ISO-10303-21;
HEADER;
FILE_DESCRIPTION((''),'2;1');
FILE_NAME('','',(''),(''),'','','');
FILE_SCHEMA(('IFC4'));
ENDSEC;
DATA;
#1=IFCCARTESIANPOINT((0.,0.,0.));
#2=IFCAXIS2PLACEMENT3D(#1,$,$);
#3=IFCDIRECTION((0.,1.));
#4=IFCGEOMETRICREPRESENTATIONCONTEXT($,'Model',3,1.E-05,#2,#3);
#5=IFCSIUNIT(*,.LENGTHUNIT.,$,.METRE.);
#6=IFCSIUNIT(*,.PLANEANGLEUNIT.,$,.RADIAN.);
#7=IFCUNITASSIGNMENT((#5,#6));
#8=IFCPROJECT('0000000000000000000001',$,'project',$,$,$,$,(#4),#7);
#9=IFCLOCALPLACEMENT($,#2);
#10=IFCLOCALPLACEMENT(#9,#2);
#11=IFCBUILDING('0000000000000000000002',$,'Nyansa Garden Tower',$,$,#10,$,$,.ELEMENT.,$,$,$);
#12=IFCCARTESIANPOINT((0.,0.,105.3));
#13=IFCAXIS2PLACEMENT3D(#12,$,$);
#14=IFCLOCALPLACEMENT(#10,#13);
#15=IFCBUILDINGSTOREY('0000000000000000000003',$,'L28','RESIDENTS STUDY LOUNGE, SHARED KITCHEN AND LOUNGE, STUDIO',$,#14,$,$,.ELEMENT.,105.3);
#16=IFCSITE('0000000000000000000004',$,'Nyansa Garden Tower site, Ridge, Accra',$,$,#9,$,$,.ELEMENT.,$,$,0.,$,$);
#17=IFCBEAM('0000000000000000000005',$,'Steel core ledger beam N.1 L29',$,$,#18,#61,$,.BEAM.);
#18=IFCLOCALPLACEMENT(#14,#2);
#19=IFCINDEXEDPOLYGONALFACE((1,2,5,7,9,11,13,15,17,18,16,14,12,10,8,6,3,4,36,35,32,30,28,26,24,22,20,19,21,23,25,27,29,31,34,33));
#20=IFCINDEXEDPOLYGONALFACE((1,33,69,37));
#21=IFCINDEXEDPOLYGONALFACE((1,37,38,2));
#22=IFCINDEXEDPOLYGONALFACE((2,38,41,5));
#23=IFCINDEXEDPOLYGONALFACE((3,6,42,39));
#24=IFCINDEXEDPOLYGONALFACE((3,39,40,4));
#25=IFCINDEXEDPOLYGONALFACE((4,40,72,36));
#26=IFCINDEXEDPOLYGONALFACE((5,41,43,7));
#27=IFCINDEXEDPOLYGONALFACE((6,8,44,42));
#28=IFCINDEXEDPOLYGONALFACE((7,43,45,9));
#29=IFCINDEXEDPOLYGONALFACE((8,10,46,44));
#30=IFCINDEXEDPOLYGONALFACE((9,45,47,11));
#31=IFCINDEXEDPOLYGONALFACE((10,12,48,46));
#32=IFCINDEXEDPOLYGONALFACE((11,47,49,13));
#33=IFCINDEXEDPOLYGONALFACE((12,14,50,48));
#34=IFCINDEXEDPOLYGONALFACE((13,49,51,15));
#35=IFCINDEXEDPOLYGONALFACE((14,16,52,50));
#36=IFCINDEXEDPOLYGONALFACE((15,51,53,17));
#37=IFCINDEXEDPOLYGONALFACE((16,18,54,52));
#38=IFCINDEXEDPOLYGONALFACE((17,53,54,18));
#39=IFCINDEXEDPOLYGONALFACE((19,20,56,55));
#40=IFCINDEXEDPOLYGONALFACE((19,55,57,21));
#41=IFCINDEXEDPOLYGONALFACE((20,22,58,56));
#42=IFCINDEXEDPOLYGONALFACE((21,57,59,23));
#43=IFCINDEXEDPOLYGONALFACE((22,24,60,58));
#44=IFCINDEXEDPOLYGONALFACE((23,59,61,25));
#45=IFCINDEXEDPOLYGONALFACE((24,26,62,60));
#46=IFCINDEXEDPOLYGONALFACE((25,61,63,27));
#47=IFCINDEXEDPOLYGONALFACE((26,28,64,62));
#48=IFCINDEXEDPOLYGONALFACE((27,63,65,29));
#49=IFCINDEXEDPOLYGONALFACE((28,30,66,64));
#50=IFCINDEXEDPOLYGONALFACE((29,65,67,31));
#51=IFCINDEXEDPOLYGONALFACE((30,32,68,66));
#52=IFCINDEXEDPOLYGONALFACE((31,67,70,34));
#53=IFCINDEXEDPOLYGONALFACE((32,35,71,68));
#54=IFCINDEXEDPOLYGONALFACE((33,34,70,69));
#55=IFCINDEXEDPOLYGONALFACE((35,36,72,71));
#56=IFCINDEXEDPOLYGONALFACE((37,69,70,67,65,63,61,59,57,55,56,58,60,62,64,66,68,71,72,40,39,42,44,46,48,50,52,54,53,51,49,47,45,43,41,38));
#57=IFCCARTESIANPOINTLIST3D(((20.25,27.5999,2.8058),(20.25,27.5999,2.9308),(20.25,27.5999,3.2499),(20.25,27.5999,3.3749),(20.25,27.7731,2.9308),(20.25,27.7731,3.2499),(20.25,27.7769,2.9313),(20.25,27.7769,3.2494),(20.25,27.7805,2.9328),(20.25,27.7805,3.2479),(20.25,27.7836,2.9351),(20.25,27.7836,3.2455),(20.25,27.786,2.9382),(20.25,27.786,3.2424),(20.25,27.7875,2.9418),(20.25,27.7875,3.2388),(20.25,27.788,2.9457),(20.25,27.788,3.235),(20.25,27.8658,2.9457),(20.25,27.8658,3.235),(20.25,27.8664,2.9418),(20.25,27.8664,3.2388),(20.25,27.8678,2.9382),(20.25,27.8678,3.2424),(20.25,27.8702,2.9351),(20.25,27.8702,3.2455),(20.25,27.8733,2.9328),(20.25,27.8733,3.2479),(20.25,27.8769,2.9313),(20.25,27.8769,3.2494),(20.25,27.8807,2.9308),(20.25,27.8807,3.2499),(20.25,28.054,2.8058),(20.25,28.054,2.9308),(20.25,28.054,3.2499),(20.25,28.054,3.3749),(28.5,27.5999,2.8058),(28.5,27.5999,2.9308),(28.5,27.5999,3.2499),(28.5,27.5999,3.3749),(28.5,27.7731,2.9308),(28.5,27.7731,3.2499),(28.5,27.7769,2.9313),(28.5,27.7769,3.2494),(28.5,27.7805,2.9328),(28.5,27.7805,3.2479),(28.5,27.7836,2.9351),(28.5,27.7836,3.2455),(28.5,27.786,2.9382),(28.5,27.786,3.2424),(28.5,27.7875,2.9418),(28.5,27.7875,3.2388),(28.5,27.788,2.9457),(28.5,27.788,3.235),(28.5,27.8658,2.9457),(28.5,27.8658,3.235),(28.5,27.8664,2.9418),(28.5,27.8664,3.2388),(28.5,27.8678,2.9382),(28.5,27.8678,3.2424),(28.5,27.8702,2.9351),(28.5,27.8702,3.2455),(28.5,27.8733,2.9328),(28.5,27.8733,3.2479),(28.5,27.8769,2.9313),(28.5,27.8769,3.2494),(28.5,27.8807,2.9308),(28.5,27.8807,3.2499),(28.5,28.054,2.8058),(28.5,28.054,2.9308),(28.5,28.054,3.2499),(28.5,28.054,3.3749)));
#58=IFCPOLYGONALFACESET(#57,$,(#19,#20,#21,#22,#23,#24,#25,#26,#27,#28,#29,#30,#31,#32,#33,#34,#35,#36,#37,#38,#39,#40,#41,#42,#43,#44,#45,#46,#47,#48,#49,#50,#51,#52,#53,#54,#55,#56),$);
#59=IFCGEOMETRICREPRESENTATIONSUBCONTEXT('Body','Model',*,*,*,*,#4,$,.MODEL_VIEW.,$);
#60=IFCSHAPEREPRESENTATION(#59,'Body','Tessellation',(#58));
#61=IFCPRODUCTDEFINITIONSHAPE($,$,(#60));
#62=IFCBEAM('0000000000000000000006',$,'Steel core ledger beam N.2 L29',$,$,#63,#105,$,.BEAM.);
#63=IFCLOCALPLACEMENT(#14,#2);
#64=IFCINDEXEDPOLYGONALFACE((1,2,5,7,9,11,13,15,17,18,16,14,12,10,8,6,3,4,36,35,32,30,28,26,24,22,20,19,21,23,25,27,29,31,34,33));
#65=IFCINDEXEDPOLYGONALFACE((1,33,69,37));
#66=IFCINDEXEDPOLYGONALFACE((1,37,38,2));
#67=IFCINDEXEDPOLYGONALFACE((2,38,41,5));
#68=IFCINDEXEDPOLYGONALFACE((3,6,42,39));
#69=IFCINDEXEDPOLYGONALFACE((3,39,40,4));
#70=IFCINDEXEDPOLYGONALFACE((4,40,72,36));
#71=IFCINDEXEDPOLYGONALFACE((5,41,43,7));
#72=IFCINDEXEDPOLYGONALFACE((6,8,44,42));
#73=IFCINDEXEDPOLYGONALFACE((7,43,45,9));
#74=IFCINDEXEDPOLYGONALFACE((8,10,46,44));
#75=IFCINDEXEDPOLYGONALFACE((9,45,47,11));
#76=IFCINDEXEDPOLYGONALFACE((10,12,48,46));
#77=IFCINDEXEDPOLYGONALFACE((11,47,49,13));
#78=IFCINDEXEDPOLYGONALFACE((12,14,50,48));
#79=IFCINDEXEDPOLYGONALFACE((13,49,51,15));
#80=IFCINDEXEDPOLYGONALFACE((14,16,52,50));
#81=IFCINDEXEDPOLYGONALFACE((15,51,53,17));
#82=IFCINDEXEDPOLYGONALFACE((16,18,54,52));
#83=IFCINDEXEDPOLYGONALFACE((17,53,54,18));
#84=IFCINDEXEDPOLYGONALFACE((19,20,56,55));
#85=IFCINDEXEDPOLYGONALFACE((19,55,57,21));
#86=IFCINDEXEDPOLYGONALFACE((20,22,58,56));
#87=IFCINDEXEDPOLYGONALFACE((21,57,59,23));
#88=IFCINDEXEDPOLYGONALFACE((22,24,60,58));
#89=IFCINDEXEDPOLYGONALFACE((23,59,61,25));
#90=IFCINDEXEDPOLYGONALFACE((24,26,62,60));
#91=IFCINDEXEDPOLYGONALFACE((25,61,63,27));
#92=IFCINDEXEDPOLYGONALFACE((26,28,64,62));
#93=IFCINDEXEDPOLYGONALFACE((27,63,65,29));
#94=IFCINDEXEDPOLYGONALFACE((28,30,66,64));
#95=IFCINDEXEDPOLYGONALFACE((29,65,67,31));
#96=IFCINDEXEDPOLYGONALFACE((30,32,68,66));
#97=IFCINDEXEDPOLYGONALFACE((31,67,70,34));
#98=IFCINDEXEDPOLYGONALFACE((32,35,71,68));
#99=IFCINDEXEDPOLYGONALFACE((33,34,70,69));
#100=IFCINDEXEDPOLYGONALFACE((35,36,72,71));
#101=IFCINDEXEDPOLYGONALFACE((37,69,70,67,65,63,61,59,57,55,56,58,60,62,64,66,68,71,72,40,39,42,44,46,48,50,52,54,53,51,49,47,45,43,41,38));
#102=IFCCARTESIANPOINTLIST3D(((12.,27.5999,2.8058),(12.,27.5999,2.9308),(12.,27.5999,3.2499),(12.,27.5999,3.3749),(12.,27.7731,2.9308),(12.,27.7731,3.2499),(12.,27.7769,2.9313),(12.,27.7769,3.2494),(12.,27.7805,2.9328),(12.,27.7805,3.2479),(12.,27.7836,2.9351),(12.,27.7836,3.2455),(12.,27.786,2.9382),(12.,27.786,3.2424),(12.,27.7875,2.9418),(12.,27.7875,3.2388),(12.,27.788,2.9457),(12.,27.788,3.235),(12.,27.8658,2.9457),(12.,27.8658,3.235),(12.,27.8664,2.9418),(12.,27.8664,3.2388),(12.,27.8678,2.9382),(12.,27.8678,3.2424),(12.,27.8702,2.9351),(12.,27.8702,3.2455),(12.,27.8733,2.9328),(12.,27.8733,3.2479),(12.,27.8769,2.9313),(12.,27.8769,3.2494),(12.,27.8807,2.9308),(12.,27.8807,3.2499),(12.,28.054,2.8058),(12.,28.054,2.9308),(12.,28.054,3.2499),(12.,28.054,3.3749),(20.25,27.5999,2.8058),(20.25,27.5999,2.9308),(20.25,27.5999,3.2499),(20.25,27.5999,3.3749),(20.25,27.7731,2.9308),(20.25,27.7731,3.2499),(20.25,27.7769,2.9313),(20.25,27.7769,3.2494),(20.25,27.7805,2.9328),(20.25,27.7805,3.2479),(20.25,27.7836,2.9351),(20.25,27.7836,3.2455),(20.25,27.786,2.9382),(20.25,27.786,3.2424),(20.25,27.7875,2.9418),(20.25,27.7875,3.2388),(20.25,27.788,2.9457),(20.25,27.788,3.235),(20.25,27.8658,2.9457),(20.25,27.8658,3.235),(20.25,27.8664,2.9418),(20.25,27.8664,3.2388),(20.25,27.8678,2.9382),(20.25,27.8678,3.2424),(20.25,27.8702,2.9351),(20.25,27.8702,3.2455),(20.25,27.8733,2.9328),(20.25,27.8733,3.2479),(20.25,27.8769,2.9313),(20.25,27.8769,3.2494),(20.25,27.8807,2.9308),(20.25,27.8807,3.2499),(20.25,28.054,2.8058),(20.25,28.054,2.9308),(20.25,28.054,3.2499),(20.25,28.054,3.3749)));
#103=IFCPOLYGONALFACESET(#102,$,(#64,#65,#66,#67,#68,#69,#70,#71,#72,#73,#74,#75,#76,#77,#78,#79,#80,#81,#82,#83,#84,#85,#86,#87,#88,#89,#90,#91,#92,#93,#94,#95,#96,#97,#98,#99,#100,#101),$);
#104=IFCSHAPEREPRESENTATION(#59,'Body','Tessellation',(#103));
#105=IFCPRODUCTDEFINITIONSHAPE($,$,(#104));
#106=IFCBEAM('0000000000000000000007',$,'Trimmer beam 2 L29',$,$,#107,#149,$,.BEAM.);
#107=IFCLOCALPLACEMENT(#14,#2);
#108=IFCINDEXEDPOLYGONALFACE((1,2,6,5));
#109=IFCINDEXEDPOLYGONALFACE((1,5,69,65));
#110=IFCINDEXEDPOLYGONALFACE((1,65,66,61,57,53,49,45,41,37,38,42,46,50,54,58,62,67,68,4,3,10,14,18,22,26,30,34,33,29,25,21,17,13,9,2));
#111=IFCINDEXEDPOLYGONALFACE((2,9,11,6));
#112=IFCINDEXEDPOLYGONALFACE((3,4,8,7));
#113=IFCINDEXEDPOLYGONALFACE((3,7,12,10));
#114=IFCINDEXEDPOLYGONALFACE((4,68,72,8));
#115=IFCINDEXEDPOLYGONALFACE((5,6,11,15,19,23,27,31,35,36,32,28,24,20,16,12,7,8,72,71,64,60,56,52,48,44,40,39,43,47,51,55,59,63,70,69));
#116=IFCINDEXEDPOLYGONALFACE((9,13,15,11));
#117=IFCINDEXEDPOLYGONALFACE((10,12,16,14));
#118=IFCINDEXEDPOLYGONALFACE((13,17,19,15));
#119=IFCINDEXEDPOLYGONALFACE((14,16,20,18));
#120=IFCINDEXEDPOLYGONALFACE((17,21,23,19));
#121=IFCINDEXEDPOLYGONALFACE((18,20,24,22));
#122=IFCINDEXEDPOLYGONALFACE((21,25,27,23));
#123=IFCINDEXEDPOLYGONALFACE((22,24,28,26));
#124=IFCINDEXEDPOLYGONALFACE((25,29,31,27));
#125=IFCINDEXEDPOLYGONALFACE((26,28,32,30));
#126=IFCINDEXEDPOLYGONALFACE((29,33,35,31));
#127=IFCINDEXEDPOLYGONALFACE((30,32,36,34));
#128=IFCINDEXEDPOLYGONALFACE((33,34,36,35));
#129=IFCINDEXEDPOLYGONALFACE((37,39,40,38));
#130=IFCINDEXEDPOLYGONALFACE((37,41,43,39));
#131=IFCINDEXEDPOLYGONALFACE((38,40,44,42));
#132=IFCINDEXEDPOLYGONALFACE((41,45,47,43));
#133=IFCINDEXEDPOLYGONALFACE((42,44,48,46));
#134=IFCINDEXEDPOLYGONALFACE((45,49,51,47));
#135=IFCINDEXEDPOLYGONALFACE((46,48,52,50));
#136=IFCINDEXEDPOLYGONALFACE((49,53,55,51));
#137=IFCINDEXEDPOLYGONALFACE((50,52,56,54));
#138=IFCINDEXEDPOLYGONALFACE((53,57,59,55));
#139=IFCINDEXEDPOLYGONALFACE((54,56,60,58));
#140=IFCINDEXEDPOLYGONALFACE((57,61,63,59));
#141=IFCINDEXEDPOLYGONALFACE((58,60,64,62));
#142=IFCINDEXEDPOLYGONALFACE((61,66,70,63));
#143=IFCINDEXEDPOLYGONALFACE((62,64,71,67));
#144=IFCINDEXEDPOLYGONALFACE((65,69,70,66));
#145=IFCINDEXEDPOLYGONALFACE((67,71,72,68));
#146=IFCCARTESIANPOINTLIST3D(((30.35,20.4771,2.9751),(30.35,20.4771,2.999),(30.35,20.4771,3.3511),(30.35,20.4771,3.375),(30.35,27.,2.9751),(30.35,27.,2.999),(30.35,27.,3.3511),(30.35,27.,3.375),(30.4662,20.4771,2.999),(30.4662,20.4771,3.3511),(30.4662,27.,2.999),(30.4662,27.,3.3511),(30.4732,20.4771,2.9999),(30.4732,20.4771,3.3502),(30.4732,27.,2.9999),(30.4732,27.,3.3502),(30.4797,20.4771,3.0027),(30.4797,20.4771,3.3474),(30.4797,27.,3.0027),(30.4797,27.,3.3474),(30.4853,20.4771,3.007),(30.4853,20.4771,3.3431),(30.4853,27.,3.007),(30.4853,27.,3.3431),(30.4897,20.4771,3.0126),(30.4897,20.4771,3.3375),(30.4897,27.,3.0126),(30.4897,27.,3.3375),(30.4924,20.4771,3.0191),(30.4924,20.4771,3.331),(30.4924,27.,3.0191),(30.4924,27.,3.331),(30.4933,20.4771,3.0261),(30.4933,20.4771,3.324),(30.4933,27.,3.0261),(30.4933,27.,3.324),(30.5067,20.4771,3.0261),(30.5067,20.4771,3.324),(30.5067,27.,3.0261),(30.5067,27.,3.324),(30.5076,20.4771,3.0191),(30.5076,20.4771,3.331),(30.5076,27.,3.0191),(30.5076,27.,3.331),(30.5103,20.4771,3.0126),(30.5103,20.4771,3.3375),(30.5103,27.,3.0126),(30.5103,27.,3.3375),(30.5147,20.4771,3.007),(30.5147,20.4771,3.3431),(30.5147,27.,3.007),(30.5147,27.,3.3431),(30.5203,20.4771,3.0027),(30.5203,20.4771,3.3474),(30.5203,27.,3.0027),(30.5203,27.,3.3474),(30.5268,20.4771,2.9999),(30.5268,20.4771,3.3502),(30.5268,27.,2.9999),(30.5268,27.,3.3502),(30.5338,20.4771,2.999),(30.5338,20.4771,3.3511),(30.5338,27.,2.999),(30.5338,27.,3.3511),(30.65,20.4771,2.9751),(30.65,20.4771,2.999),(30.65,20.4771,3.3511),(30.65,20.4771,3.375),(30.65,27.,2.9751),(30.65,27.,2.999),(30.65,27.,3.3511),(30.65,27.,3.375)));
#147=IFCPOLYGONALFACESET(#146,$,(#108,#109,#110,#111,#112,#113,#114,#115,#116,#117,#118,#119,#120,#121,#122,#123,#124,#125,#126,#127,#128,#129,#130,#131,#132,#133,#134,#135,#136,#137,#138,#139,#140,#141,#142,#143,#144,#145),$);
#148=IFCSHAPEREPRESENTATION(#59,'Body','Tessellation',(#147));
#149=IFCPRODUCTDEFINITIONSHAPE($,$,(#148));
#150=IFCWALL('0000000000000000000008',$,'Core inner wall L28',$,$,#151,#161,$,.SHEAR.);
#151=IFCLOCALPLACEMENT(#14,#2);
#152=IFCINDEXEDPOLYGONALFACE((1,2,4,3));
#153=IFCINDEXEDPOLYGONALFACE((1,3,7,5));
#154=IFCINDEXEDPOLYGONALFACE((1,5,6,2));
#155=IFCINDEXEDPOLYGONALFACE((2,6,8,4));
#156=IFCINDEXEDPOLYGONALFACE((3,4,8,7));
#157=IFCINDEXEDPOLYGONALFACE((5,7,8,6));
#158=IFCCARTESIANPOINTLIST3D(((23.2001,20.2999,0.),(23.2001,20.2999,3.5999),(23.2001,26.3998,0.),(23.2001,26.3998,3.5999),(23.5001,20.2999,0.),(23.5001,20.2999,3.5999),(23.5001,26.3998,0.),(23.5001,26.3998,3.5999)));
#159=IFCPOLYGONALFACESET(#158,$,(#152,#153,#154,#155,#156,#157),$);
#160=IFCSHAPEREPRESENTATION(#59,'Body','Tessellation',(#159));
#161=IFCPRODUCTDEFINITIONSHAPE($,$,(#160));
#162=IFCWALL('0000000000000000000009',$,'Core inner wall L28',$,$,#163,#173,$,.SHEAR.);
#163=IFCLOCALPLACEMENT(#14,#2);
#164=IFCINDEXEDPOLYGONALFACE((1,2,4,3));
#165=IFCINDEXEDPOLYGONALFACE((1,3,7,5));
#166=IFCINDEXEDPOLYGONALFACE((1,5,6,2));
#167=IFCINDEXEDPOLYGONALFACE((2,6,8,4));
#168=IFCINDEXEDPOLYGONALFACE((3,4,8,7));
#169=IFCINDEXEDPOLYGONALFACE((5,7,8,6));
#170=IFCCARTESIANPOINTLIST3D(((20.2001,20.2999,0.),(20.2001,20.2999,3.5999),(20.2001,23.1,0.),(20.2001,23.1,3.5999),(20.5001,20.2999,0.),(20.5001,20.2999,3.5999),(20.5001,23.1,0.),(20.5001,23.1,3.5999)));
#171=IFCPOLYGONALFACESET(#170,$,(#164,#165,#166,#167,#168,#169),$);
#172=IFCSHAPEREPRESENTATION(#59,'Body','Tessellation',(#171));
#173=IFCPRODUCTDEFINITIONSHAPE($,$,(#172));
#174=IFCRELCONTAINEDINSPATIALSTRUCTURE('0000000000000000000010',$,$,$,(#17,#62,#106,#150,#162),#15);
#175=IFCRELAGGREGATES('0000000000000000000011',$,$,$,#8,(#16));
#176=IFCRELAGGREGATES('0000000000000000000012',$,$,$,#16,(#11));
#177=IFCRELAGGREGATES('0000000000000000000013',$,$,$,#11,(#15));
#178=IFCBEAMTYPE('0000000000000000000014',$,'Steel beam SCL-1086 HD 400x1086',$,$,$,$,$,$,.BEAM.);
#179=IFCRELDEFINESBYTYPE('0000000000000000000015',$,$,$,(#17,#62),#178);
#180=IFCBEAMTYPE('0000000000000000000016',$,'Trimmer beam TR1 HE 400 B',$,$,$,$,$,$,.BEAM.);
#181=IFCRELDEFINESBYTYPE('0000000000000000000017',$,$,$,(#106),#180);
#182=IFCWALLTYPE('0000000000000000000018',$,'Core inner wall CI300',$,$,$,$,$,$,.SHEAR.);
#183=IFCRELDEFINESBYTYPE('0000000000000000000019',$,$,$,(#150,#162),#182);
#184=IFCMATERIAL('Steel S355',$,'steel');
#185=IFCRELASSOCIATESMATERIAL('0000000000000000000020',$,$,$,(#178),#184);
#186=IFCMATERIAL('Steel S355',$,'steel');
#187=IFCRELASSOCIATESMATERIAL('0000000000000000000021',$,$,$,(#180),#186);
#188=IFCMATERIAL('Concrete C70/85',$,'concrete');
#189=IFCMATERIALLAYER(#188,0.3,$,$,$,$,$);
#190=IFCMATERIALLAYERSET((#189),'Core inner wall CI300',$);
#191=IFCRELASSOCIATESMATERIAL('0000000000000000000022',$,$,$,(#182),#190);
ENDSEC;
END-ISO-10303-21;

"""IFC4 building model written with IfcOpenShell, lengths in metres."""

from ifc_helpers import new_model, si_unit, direction, frame, frame_2d, origin, origin_2d, place, context, subcontext, project, spatial, rectangle, i_section, extrude, material, layer, layer_set, material_profile, profile_set, type_object, element, save


model = new_model("IFC4")

# Units and contexts
model_context = context("Model", 3, precision=1e-05, world=origin(), true_north=direction((0.0, 1.0)))
body_context = subcontext(model_context, "Body", "Model", "MODEL_VIEW")
ifc_project = project(units=[si_unit("LENGTHUNIT", "METRE"), si_unit("PLANEANGLEUNIT", "RADIAN")], contexts=[model_context])

# Site, building, storey
site_placement = place(None, origin())
site = spatial("IfcSite", under=ifc_project, at=site_placement, Name="Nyansa Garden Tower site, Ridge, Accra", CompositionType="ELEMENT", RefElevation=0.0)
building_placement = place(site_placement, origin())
building = spatial("IfcBuilding", under=site, at=building_placement, Name="Nyansa Garden Tower", CompositionType="ELEMENT")
storey_placement = place(building_placement, frame((0.0, 0.0, 105.3)))
storey = spatial("IfcBuildingStorey", under=building, at=storey_placement, Name="L28", Description="RESIDENTS STUDY LOUNGE, SHARED KITCHEN AND LOUNGE, STUDIO", CompositionType="ELEMENT", Elevation=105.3)

# Beams
ifc_material_1 = material(Name="Steel S355", Category="steel")
ifc_material_profile_1 = material_profile(ifc_material_1, i_section(OverallWidth=0.4541, OverallDepth=0.5691, WebThickness=0.0779, FlangeThickness=0.125, FilletRadius=0.0149, at=origin_2d()), Name="HD 400x1086")
ifc_profile_set_1 = profile_set([ifc_material_profile_1], Name="Steel S355")
beam_type_1 = type_object("IfcBeamType", Name="Steel beam SCL-1086 HD 400x1086", PredefinedType="BEAM", material=ifc_profile_set_1)
for number, where, z_axis, x_axis, name in (
    (1, (28.5, 27.8269, 3.0903), (-1.0, 0.0, 0.0), (0.0, -1.0, 0.0), "Steel core ledger beam N.1 L29"),
    (2, (20.25, 27.8269, 3.0903), (-1.0, 0.0, 0.0), (0.0, -1.0, 0.0), "Steel core ledger beam N.2 L29"),
):
    element("IfcBeam", number, at=place(storey_placement, frame(where, z_axis=z_axis, x_axis=x_axis)), inside=storey, type_object=beam_type_1, Name=name, PredefinedType="BEAM", context=body_context, shape_type="SweptSolid", body=[
        extrude(i_section(OverallWidth=0.4541, OverallDepth=0.5691, WebThickness=0.0779, FlangeThickness=0.125, FilletRadius=0.0149, at=origin_2d()), origin(), (0.0, 0.0, 1.0), 8.25),
    ])
ifc_material_2 = material(Name="Steel S355", Category="steel")
ifc_material_profile_2 = material_profile(ifc_material_2, i_section(OverallWidth=0.3, OverallDepth=0.3999, WebThickness=0.0134, FlangeThickness=0.0239, FilletRadius=0.0271, at=origin_2d()), Name="HE 400 B")
ifc_profile_set_2 = profile_set([ifc_material_profile_2], Name="Steel S355")
beam_type_2 = type_object("IfcBeamType", Name="Trimmer beam TR1 HE 400 B", PredefinedType="BEAM", material=ifc_profile_set_2)
beam_1_placement = place(storey_placement, frame((30.5, 20.4771, 3.175), z_axis=(0.0, 1.0, 0.0), x_axis=(-1.0, 0.0, 0.0)))
element("IfcBeam", 3, at=beam_1_placement, inside=storey, type_object=beam_type_2, Name="Trimmer beam 2 L29", PredefinedType="BEAM", context=body_context, shape_type="SweptSolid", body=[
    extrude(i_section(OverallWidth=0.3, OverallDepth=0.3999, WebThickness=0.0134, FlangeThickness=0.0239, FilletRadius=0.0271, at=origin_2d()), origin(), (0.0, 0.0, 1.0), 6.5229),
])

# Walls
ifc_material_3 = material(Name="Concrete C70/85", Category="concrete")
ifc_layer_1 = layer(ifc_material_3, 0.3)
ifc_layer_set_1 = layer_set([ifc_layer_1], Name="Core inner wall CI300")
wall_type_1 = type_object("IfcWallType", Name="Core inner wall CI300", PredefinedType="SHEAR", material=ifc_layer_set_1)
wall_1_placement = place(storey_placement, frame((23.3501, 20.3, 0.0), z_axis=(0.0, 0.0, 1.0), x_axis=(0.0, 1.0, 0.0)))
element("IfcWall", 4, at=wall_1_placement, inside=storey, type_object=wall_type_1, Name="Core inner wall L28", PredefinedType="SHEAR", context=body_context, shape_type="SweptSolid", body=[
    extrude(rectangle(XDim=6.0999, YDim=0.3, at=frame_2d((3.0498, 0.0))), origin(), (0.0, 0.0, 1.0), 3.5999),
])
wall_2_placement = place(storey_placement, frame((20.3501, 20.3, 0.0), z_axis=(0.0, 0.0, 1.0), x_axis=(0.0, 1.0, 0.0)))
element("IfcWall", 5, at=wall_2_placement, inside=storey, type_object=wall_type_1, Name="Core inner wall L28", PredefinedType="SHEAR", context=body_context, shape_type="SweptSolid", body=[
    extrude(rectangle(XDim=2.8, YDim=0.3, at=frame_2d((1.3999, 0.0))), origin(), (0.0, 0.0, 1.0), 3.5999),
])

save(model, "model.ifc")
